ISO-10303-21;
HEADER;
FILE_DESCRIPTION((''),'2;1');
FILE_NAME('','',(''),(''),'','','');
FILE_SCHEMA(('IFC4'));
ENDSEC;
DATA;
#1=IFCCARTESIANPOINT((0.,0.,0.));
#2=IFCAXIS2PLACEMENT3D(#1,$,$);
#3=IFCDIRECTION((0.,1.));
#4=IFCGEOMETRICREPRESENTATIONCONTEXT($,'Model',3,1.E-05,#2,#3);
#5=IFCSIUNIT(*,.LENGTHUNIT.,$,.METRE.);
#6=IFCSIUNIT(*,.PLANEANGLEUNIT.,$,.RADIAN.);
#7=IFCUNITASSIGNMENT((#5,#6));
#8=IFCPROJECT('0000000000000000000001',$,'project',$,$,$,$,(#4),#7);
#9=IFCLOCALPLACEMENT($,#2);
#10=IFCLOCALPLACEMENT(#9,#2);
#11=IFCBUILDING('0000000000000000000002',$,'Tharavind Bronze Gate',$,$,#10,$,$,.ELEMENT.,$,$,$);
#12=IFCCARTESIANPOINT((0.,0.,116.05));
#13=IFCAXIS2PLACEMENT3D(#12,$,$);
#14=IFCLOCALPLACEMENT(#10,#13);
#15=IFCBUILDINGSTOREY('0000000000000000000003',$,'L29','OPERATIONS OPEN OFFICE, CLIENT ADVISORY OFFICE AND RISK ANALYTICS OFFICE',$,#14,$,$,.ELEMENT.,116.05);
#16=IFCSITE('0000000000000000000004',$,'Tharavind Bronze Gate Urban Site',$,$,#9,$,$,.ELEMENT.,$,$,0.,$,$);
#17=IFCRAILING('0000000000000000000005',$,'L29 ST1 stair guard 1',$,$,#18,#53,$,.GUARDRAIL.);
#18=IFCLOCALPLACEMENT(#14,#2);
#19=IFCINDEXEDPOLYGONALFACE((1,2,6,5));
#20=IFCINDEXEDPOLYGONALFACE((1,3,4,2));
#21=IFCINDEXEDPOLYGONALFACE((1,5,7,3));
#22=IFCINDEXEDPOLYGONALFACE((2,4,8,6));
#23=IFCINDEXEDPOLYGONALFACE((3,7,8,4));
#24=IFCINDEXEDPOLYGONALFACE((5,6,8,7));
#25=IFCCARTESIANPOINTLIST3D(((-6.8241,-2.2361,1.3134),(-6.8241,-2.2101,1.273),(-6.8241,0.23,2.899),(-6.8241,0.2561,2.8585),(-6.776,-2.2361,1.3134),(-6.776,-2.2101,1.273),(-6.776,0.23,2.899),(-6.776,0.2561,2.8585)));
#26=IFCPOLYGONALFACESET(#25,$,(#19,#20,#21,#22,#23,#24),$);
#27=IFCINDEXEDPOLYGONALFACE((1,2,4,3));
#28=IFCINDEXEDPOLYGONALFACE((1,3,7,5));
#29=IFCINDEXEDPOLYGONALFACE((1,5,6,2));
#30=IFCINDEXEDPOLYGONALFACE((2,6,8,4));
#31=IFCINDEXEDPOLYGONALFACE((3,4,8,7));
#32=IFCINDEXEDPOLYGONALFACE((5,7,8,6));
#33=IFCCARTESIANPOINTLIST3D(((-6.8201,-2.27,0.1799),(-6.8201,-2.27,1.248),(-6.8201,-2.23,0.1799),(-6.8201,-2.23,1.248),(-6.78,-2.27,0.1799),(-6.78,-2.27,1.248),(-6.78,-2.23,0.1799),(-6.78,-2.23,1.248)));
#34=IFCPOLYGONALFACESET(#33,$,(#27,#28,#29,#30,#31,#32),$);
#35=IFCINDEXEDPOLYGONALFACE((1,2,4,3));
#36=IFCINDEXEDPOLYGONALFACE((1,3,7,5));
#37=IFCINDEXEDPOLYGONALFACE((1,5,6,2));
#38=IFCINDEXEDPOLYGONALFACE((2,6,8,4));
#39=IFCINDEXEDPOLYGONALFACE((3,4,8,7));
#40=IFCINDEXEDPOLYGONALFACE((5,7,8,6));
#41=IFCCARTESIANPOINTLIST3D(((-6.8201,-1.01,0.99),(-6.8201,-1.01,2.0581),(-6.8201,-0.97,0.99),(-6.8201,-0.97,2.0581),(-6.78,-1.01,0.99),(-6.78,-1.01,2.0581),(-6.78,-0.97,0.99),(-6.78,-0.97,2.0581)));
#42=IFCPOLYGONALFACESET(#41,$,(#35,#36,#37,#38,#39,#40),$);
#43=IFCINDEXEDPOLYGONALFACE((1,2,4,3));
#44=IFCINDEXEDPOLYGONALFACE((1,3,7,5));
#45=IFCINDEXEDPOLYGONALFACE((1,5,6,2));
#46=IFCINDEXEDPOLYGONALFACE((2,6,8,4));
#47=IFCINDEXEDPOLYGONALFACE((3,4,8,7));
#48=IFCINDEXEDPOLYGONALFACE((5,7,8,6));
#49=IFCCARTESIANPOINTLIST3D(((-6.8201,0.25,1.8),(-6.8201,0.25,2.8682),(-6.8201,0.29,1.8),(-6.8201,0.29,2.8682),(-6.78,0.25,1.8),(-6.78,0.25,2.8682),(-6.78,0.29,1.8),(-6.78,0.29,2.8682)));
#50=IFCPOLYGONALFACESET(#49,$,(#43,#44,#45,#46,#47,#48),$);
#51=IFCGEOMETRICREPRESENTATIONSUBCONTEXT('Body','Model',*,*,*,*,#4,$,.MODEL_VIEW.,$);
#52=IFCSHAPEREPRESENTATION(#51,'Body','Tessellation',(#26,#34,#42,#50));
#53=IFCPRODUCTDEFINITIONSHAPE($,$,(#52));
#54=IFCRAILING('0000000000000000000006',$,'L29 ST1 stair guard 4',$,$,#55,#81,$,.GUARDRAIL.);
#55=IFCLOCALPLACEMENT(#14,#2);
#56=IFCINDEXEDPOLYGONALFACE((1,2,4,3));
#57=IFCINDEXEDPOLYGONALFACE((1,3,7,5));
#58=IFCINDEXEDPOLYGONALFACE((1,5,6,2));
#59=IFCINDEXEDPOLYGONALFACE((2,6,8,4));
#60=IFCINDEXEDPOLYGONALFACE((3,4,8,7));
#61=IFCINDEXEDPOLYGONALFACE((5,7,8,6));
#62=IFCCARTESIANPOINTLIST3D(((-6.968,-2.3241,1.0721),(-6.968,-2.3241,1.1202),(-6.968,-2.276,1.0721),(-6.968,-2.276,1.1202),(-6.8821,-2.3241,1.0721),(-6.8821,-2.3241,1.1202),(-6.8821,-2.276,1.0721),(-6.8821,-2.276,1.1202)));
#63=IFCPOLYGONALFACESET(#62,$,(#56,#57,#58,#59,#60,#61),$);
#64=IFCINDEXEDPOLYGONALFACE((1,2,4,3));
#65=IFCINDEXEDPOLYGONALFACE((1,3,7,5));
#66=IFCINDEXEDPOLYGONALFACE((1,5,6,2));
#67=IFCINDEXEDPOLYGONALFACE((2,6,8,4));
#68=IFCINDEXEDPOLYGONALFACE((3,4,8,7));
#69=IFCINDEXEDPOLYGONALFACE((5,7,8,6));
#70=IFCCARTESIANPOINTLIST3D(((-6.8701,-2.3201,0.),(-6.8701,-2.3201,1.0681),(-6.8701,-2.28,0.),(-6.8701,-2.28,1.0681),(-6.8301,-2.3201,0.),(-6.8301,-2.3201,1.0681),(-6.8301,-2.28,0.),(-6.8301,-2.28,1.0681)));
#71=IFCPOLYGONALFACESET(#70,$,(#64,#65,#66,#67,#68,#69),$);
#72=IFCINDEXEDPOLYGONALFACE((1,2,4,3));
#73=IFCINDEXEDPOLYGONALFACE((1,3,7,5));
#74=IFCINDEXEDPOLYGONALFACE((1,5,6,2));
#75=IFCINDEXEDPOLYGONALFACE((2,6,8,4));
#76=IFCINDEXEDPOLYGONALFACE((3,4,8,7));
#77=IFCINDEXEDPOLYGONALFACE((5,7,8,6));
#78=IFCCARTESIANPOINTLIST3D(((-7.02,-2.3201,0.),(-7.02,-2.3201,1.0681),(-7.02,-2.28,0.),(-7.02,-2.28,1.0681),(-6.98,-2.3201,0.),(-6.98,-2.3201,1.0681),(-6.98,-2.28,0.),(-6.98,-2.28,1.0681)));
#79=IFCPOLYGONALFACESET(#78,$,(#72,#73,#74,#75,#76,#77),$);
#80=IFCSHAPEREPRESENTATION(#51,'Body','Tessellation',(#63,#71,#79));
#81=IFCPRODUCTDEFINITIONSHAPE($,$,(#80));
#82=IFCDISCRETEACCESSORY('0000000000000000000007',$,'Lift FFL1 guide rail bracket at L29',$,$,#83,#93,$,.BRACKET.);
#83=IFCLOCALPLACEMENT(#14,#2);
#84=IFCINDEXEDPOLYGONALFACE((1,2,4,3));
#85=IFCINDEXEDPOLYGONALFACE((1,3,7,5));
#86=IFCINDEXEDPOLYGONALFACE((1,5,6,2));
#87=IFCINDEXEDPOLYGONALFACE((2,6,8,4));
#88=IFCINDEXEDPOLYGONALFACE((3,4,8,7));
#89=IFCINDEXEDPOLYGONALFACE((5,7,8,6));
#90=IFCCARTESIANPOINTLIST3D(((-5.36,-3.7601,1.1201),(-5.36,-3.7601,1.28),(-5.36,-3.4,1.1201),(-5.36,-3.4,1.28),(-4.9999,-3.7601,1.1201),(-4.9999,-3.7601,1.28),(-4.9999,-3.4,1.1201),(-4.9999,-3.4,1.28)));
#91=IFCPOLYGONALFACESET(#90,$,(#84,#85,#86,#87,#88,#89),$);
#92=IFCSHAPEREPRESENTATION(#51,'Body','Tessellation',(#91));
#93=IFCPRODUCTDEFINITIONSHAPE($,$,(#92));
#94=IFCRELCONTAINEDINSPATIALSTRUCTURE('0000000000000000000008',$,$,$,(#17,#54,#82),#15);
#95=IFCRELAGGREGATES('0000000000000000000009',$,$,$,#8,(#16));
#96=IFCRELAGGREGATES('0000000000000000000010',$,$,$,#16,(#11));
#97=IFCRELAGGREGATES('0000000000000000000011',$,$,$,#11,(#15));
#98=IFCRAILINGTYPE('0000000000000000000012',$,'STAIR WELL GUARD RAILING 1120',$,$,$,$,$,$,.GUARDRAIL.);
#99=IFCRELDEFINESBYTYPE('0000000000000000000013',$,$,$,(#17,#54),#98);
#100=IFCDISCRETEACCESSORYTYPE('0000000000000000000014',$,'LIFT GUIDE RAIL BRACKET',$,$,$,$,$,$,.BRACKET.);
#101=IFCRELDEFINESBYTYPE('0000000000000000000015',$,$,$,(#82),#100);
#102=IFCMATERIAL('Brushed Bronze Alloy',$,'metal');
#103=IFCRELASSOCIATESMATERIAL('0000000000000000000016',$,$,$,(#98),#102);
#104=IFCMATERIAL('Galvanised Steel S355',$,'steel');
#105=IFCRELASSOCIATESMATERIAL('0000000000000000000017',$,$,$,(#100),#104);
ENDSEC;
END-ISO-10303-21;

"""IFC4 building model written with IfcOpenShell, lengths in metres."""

from ifc_helpers import new_model, si_unit, direction, frame, origin, origin_2d, place, context, subcontext, project, spatial, rectangle, extrude, material, type_object, element, save


model = new_model("IFC4")

# Units and contexts
model_context = context("Model", 3, precision=1e-05, world=origin(), true_north=direction((0.0, 1.0)))
body_context = subcontext(model_context, "Body", "Model", "MODEL_VIEW")
ifc_project = project(units=[si_unit("LENGTHUNIT", "METRE"), si_unit("PLANEANGLEUNIT", "RADIAN")], contexts=[model_context])

# Site, building, storey
site_placement = place(None, origin())
site = spatial("IfcSite", under=ifc_project, at=site_placement, Name="Tharavind Bronze Gate Urban Site", CompositionType="ELEMENT", RefElevation=0.0)
building_placement = place(site_placement, origin())
building = spatial("IfcBuilding", under=site, at=building_placement, Name="Tharavind Bronze Gate", CompositionType="ELEMENT")
storey_placement = place(building_placement, frame((0.0, 0.0, 116.05)))
storey = spatial("IfcBuildingStorey", under=building, at=storey_placement, Name="L29", Description="OPERATIONS OPEN OFFICE, CLIENT ADVISORY OFFICE AND RISK ANALYTICS OFFICE", CompositionType="ELEMENT", Elevation=116.05)

# Railings
ifc_material_1 = material(Name="Brushed Bronze Alloy", Category="metal")
railing_type_1 = type_object("IfcRailingType", Name="STAIR WELL GUARD RAILING 1120", PredefinedType="GUARDRAIL", material=ifc_material_1)
railing_1_placement = place(storey_placement, frame((-6.8, -2.25, 0.1799)))
element("IfcRailing", 1, at=railing_1_placement, inside=storey, type_object=railing_type_1, Name="L29 ST1 stair guard 1", PredefinedType="GUARDRAIL", context=body_context, shape_type="SweptSolid", body=[
    extrude(rectangle(XDim=0.0481, YDim=0.0481, at=origin_2d()), frame((0.0, 0.0269, 1.1133), z_axis=(0.0, 0.841163, 0.540782), x_axis=(-1.0, 0.0, 0.0)), (0.0, 0.0, 1.0), 2.9319),
    extrude(rectangle(XDim=0.04, YDim=0.04, at=origin_2d()), origin(), (0.0, 0.0, 1.0), 1.0681),
    extrude(rectangle(XDim=0.04, YDim=0.04, at=origin_2d()), frame((0.0, 1.26, 0.8101)), (0.0, 0.0, 1.0), 1.0681),
    extrude(rectangle(XDim=0.04, YDim=0.04, at=origin_2d()), frame((0.0, 2.52, 1.6201)), (0.0, 0.0, 1.0), 1.0681),
])
railing_2_placement = place(storey_placement, frame((-6.8501, -2.3, 0.0)))
element("IfcRailing", 2, at=railing_2_placement, inside=storey, type_object=railing_type_1, Name="L29 ST1 stair guard 4", PredefinedType="GUARDRAIL", context=body_context, shape_type="SweptSolid", body=[
    extrude(rectangle(XDim=0.0481, YDim=0.0481, at=origin_2d()), frame((-0.032, 0.0, 1.0962), z_axis=(-1.0, 0.0, 0.0), x_axis=(0.0, -1.0, 0.0)), (0.0, 0.0, 1.0), 0.0859),
    extrude(rectangle(XDim=0.04, YDim=0.04, at=origin_2d()), origin(), (0.0, 0.0, 1.0), 1.0681),
    extrude(rectangle(XDim=0.04, YDim=0.04, at=origin_2d()), frame((-0.1499, 0.0, 0.0)), (0.0, 0.0, 1.0), 1.0681),
])

# Discrete accessory
ifc_material_2 = material(Name="Galvanised Steel S355", Category="steel")
discrete_accessory_type = type_object("IfcDiscreteAccessoryType", Name="LIFT GUIDE RAIL BRACKET", PredefinedType="BRACKET", material=ifc_material_2)
discrete_accessory_placement = place(storey_placement, frame((-5.1799, -3.5801, 1.1201), z_axis=(0.0, 0.0, 1.0), x_axis=(1.0, 0.0, 0.0)))
element("IfcDiscreteAccessory", 3, at=discrete_accessory_placement, inside=storey, type_object=discrete_accessory_type, Name="Lift FFL1 guide rail bracket at L29", PredefinedType="BRACKET", context=body_context, shape_type="SweptSolid", body=[
    extrude(rectangle(XDim=0.3601, YDim=0.3601, at=origin_2d()), origin(), (0.0, 0.0, 1.0), 0.1599),
])

save(model, "model.ifc")
